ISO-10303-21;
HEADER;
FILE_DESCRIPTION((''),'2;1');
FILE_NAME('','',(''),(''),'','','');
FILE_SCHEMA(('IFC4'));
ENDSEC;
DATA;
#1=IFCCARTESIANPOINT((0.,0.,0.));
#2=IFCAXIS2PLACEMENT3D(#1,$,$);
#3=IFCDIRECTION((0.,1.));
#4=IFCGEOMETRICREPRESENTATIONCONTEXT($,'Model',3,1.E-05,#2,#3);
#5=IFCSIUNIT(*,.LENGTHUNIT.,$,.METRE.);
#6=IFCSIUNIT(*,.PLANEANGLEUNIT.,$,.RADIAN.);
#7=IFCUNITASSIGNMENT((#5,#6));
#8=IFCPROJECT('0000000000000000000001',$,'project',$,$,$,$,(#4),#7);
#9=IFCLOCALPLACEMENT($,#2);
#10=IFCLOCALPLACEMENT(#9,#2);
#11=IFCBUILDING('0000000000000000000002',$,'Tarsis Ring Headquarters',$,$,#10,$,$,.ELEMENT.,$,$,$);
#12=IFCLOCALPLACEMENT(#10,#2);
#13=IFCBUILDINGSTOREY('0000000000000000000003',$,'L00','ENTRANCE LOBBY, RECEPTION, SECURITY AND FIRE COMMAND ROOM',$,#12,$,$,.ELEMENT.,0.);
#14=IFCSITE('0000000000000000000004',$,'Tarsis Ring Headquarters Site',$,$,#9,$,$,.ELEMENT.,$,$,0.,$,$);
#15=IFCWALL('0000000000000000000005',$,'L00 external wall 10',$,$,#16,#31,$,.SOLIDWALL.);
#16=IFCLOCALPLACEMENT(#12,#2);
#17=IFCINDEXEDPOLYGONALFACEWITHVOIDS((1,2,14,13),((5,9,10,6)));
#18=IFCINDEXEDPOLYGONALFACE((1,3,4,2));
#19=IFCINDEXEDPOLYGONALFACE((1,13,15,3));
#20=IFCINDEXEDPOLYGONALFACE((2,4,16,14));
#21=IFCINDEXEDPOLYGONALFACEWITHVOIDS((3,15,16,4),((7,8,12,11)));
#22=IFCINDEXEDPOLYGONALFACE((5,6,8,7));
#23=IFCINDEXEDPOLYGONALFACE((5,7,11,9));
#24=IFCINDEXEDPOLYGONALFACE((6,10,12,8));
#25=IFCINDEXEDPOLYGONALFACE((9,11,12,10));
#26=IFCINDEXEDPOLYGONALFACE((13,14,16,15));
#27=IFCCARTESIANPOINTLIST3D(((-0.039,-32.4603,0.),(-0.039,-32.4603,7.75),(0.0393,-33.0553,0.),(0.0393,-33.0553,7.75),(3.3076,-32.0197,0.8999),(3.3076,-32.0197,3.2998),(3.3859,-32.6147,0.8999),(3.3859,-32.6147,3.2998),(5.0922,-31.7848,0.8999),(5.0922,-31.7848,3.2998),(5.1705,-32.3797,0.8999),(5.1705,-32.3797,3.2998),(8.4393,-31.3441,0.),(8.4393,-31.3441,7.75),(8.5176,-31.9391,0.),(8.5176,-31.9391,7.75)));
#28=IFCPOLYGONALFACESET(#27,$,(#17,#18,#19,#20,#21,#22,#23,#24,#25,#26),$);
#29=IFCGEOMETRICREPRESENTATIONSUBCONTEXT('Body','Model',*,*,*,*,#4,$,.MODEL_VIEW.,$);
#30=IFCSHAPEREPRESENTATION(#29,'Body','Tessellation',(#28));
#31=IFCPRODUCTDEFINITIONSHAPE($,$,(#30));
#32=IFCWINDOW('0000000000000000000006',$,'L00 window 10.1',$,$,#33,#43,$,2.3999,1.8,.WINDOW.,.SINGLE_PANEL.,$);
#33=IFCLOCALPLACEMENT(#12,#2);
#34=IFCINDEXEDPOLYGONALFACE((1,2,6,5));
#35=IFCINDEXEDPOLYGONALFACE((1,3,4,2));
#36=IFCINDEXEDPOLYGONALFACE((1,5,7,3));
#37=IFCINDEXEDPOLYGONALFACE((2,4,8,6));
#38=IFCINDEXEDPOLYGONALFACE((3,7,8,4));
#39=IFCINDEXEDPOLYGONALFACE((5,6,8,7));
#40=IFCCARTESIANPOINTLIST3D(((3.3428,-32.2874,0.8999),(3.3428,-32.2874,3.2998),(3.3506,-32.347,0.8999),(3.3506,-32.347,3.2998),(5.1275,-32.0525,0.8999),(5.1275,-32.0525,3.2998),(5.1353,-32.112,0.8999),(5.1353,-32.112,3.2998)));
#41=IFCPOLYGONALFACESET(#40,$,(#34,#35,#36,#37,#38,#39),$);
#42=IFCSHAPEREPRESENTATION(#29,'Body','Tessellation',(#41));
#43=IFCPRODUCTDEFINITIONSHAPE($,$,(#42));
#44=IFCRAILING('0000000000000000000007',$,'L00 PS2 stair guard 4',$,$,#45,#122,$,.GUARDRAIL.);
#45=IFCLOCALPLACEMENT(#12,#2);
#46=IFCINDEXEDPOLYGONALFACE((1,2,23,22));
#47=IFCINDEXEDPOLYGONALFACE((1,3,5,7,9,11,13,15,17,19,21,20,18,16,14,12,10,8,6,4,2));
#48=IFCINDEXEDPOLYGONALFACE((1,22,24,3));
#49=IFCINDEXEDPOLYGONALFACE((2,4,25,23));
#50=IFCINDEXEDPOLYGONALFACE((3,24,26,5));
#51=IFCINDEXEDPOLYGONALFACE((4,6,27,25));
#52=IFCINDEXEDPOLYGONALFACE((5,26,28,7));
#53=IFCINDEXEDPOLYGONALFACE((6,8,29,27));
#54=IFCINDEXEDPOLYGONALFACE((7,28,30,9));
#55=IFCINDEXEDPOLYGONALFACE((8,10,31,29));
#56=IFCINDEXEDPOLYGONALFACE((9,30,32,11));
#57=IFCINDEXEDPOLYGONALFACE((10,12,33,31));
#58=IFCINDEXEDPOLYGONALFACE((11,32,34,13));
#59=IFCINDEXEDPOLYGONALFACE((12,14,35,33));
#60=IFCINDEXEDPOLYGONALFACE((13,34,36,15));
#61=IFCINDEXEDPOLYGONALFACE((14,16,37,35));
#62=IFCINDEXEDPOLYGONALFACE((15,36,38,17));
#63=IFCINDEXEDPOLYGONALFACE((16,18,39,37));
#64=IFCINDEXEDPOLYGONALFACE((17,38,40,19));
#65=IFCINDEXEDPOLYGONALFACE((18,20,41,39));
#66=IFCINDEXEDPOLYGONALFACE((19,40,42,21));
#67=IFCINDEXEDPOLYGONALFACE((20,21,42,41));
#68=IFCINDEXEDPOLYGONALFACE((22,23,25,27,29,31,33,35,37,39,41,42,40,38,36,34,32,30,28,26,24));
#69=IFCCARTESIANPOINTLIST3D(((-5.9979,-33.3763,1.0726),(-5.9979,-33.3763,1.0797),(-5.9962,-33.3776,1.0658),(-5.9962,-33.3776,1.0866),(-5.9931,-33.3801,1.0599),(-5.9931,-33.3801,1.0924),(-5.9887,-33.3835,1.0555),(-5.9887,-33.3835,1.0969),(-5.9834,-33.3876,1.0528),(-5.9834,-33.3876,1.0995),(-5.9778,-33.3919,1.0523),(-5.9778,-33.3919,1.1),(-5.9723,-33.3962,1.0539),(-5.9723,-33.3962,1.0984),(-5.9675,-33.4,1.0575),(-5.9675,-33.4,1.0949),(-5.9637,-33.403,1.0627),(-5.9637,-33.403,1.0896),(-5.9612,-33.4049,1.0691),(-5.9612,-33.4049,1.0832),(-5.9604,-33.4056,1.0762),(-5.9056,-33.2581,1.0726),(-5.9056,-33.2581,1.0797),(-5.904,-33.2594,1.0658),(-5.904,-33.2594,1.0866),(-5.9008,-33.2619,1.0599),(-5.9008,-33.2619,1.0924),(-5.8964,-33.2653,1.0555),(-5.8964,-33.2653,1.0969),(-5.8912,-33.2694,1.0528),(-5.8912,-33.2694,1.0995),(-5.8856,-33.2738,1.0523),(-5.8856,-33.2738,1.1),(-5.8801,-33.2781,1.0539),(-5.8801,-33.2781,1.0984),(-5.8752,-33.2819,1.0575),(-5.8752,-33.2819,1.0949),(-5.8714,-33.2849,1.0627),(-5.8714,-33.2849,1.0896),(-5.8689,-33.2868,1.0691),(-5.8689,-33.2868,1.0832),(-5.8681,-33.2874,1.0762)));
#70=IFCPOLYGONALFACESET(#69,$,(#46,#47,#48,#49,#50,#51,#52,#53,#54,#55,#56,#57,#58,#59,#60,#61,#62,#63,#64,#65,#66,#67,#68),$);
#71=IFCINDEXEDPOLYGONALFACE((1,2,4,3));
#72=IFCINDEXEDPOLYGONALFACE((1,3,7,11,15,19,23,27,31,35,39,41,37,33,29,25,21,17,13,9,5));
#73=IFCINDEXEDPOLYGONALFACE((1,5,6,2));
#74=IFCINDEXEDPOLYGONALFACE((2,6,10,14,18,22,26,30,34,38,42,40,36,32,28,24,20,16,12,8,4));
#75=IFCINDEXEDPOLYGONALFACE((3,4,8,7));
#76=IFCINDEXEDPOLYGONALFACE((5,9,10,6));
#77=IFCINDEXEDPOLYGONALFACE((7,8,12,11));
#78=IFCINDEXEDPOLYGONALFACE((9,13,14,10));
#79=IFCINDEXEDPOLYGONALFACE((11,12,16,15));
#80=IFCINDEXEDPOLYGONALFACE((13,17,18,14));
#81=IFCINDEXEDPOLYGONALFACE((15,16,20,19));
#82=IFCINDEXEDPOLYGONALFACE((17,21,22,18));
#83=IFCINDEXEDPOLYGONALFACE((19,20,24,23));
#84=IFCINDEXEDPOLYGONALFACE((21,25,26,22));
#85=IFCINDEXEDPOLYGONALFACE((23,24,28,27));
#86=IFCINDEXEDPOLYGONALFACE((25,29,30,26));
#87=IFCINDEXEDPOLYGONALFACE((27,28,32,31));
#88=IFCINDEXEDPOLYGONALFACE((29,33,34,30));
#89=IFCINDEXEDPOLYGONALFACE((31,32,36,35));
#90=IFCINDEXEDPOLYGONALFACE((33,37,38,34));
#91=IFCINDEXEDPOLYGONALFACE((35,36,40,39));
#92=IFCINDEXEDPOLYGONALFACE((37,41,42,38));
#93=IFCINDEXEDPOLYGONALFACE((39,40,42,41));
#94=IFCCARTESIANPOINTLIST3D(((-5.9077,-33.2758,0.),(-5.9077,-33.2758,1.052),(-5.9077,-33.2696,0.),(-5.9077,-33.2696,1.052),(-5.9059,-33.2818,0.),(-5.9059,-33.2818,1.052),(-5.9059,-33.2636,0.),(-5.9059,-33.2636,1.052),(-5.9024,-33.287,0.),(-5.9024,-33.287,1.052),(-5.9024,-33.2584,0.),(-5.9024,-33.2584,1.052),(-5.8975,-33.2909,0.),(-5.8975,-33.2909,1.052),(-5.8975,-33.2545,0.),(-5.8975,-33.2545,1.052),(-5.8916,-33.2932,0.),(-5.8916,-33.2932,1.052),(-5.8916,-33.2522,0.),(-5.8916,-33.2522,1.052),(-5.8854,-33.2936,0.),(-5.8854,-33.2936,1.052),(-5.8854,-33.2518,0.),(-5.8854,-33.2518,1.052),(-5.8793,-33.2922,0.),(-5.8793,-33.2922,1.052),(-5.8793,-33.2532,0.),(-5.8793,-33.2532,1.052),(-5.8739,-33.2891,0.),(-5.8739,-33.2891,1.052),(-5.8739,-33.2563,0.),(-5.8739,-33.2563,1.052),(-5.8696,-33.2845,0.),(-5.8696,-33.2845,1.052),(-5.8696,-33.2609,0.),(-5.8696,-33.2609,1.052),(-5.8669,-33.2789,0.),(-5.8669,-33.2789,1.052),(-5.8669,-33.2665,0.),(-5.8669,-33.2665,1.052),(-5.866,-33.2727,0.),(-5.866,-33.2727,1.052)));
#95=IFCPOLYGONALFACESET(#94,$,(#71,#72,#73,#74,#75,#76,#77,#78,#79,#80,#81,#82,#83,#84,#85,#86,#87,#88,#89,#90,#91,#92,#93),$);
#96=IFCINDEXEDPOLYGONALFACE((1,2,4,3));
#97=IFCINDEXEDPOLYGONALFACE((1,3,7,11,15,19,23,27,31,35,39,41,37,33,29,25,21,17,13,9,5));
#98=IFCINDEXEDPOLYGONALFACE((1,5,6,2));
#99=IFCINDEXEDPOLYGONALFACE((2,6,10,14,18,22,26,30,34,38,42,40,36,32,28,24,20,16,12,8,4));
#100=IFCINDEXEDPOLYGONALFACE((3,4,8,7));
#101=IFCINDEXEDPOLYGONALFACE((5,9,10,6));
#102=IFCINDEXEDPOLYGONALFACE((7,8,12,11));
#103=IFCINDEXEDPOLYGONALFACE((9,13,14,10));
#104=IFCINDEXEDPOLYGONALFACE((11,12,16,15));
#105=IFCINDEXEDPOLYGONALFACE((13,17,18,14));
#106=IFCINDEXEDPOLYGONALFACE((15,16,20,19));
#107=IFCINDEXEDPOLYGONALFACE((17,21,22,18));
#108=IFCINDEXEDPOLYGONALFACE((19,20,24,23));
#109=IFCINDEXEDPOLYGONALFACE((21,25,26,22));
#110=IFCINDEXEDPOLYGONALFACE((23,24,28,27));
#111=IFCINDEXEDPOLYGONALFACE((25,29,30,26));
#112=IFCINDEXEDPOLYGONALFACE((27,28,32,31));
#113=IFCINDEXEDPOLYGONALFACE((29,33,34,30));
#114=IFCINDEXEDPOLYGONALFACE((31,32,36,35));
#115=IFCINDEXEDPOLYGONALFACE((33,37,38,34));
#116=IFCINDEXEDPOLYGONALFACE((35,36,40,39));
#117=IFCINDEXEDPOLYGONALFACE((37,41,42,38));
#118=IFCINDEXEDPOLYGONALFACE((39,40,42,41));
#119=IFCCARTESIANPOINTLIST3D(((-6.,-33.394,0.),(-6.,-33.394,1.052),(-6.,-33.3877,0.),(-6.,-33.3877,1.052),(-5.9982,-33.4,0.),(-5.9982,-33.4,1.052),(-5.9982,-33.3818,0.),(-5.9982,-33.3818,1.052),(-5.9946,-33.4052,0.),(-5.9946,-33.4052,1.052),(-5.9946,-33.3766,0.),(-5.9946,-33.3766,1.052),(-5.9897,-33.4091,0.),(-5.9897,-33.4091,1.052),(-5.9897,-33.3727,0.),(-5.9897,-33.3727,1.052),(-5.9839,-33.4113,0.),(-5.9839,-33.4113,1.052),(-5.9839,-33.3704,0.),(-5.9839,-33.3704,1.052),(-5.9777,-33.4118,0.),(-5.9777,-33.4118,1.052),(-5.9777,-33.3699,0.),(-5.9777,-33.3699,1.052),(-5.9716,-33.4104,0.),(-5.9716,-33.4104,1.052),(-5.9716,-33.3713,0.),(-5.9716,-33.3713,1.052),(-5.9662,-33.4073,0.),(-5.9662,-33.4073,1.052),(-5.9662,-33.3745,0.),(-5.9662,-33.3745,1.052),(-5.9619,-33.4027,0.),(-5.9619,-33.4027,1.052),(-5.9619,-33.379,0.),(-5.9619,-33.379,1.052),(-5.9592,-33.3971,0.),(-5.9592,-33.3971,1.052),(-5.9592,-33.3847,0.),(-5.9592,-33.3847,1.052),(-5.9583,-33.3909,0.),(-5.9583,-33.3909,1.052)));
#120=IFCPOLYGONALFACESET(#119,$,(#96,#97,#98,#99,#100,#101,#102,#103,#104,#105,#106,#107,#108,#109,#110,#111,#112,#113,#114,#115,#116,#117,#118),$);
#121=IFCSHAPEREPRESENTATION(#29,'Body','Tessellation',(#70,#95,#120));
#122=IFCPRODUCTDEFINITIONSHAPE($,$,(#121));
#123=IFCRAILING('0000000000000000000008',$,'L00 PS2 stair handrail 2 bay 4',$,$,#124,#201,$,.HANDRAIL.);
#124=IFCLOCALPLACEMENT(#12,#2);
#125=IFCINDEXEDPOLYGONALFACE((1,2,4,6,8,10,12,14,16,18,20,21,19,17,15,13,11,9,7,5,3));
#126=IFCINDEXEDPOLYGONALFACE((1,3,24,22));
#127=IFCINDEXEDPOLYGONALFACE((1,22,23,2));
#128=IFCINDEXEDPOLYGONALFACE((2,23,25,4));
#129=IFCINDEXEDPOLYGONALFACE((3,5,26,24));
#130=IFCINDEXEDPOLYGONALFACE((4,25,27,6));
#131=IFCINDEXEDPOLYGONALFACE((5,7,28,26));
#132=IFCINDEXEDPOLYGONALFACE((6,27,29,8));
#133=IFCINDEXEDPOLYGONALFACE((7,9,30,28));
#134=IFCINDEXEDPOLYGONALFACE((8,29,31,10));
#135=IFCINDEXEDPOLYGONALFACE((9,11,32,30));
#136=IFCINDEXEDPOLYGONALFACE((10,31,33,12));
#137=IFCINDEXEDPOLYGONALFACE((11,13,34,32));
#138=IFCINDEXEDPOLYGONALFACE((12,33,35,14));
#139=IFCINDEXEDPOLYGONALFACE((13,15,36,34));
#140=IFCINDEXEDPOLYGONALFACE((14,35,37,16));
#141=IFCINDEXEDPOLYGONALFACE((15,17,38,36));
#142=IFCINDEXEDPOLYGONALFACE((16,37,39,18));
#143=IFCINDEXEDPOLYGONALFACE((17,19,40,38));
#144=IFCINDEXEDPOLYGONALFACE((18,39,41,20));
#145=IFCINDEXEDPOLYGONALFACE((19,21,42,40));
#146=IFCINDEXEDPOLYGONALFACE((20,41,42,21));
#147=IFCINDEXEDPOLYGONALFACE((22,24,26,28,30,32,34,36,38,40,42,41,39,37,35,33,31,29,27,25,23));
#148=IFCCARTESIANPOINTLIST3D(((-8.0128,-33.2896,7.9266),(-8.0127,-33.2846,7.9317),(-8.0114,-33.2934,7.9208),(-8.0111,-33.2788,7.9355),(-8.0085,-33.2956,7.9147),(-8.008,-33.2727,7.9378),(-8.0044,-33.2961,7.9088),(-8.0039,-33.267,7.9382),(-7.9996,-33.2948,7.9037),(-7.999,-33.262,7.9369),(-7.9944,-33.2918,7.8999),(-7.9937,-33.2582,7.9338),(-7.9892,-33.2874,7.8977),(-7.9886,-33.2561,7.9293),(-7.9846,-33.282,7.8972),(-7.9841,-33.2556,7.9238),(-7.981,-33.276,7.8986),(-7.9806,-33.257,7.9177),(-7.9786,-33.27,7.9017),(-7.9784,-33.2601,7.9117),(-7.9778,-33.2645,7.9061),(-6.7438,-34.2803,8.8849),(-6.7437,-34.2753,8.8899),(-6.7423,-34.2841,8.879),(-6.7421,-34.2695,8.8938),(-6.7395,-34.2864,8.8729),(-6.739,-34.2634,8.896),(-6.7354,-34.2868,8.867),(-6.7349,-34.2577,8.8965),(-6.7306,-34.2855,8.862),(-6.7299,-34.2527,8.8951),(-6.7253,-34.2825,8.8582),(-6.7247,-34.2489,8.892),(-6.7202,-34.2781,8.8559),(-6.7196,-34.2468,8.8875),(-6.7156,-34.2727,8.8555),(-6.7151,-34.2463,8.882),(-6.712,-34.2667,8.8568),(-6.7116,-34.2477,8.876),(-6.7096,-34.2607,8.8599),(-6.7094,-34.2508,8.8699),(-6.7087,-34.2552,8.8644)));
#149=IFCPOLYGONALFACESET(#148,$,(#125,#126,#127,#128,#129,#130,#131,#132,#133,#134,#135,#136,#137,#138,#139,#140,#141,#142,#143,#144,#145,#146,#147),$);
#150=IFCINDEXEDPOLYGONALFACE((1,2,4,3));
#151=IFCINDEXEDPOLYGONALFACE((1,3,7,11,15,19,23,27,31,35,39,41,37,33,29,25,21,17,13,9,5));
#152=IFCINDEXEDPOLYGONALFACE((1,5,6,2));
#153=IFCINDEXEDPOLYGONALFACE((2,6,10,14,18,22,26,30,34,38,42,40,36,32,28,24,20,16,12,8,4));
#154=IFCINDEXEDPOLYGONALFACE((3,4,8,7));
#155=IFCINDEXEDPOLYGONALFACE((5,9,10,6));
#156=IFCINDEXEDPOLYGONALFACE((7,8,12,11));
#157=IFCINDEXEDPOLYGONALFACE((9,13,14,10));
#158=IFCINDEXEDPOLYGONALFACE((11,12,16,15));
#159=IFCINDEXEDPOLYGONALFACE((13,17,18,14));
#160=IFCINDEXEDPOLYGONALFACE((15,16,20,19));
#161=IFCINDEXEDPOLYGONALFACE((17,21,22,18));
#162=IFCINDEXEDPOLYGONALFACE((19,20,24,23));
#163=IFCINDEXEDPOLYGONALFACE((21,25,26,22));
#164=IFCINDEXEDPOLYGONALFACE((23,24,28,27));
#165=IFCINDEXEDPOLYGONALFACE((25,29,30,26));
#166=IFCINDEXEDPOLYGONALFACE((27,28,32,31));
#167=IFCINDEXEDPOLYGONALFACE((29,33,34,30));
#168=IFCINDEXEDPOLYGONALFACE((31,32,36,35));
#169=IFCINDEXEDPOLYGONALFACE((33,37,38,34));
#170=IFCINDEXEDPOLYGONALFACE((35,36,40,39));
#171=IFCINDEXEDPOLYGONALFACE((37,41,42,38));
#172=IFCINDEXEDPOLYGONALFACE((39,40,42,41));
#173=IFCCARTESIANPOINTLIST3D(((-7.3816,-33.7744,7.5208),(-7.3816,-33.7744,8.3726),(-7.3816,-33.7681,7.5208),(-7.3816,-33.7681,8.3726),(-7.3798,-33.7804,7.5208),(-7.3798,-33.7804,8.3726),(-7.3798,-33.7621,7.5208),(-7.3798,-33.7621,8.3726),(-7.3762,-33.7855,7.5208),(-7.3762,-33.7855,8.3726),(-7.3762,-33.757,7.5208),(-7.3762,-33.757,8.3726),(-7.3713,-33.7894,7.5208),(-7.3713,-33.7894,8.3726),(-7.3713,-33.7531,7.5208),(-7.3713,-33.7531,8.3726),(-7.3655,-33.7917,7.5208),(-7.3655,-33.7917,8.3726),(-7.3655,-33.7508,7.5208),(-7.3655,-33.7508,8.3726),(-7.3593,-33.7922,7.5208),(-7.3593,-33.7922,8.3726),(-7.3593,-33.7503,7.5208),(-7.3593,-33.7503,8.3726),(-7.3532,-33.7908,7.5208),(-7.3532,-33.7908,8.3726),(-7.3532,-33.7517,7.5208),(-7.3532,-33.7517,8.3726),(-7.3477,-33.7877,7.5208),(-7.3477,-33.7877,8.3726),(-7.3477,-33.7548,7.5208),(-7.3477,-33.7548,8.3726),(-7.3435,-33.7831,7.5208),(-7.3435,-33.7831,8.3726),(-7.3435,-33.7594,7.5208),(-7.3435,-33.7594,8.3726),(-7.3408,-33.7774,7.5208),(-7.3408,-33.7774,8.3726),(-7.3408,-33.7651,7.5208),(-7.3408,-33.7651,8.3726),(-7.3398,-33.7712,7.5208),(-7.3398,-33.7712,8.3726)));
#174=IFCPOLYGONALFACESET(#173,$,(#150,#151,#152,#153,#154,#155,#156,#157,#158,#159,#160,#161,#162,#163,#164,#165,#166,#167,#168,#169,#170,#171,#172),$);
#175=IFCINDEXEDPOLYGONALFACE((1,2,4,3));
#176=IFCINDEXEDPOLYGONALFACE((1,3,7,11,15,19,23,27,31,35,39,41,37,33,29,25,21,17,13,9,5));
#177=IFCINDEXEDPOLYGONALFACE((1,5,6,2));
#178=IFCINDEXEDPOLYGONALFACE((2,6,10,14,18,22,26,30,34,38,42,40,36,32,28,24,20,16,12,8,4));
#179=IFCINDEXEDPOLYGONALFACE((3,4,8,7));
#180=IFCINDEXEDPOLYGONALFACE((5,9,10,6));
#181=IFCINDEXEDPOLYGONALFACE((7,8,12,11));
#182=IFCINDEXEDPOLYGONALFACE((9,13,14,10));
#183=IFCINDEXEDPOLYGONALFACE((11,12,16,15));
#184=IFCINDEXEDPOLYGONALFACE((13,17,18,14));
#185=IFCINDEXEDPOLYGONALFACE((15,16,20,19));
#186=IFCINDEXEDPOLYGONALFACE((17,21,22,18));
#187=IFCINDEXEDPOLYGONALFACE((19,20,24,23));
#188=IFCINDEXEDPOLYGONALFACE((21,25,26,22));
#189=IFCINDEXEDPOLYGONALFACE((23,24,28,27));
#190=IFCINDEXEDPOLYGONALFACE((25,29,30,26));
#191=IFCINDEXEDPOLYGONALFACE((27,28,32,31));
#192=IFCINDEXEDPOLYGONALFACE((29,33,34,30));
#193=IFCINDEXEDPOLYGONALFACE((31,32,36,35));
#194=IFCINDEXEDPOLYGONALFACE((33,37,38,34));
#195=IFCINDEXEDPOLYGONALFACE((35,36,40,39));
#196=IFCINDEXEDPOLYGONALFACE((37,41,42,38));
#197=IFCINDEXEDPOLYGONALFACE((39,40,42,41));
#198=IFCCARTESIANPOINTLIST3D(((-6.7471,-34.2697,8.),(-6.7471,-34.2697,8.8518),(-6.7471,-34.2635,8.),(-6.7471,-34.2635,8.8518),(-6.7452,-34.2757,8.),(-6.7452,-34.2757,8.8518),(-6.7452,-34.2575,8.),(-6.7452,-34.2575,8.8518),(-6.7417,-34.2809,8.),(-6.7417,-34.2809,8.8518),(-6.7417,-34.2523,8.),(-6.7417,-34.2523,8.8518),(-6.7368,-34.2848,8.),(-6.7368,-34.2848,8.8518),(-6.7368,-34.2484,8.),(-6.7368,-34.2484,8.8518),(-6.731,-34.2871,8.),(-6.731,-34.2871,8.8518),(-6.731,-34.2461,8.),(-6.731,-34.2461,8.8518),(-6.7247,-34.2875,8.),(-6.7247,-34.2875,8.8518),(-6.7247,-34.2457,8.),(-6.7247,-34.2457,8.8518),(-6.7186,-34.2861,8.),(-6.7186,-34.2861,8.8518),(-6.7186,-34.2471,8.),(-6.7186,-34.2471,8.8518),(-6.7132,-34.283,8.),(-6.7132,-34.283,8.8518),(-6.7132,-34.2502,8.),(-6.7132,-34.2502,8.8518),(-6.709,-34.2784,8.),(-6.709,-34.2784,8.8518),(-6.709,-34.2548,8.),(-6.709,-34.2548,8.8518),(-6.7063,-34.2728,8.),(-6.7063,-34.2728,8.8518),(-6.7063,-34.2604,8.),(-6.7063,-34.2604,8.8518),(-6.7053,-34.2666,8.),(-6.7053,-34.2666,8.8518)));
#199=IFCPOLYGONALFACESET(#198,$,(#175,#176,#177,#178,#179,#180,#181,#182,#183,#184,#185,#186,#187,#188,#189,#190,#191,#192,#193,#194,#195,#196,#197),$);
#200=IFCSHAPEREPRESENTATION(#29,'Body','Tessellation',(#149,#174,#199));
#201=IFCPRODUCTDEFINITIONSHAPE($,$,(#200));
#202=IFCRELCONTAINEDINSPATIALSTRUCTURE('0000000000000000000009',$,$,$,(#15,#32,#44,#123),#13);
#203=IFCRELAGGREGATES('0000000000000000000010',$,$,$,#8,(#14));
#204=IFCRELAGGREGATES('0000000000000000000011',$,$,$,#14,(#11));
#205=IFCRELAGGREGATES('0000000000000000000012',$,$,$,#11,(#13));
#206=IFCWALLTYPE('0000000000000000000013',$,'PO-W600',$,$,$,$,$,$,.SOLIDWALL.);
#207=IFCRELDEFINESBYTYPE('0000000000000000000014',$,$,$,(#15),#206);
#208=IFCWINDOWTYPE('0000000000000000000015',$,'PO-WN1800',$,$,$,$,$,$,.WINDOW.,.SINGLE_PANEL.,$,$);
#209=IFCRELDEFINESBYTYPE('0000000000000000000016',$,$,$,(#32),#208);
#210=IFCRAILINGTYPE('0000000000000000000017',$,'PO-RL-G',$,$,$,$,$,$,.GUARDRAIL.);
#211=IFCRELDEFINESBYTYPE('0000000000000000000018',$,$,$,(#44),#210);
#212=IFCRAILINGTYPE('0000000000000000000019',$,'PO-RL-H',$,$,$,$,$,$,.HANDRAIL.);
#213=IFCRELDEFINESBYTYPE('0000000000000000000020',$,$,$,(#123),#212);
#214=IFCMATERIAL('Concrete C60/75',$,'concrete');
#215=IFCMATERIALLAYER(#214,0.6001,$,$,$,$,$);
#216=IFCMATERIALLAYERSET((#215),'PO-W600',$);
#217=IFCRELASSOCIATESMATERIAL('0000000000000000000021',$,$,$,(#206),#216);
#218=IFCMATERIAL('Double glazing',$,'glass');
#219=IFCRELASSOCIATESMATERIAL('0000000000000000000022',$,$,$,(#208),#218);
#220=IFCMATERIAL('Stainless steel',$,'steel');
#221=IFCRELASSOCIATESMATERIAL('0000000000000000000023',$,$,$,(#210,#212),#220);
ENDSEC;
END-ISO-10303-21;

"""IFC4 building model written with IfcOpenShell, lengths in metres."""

from ifc_helpers import new_model, si_unit, direction, frame, frame_2d, origin, origin_2d, place, context, subcontext, project, spatial, rectangle, circle, extrude, material, layer, layer_set, type_object, element, fill, save


model = new_model("IFC4")

# Units and contexts
model_context = context("Model", 3, precision=1e-05, world=origin(), true_north=direction((0.0, 1.0)))
body_context = subcontext(model_context, "Body", "Model", "MODEL_VIEW")
ifc_project = project(units=[si_unit("LENGTHUNIT", "METRE"), si_unit("PLANEANGLEUNIT", "RADIAN")], contexts=[model_context])

# Site, building, storey
site_placement = place(None, origin())
site = spatial("IfcSite", under=ifc_project, at=site_placement, Name="Tarsis Ring Headquarters Site", CompositionType="ELEMENT", RefElevation=0.0)
building_placement = place(site_placement, origin())
building = spatial("IfcBuilding", under=site, at=building_placement, Name="Tarsis Ring Headquarters", CompositionType="ELEMENT")
storey_placement = place(building_placement, origin())
storey = spatial("IfcBuildingStorey", under=building, at=storey_placement, Name="L00", Description="ENTRANCE LOBBY, RECEPTION, SECURITY AND FIRE COMMAND ROOM", CompositionType="ELEMENT", Elevation=0.0)

# Shared definitions
ifc_material_1 = material(Name="Concrete C60/75", Category="concrete")
ifc_layer_1 = layer(ifc_material_1, 0.6001)
ifc_layer_set_1 = layer_set([ifc_layer_1], Name="PO-W600")
wall_type_1 = type_object("IfcWallType", Name="PO-W600", PredefinedType="SOLIDWALL", material=ifc_layer_set_1)

# Wall, opening, window
wall_1_placement = place(storey_placement, frame((0.0, -32.7578, 0.0), z_axis=(0.0, 0.0, 1.0), x_axis=(0.991444, 0.130529, 0.0)))
wall_1 = element("IfcWall", 1, at=wall_1_placement, inside=storey, type_object=wall_type_1, Name="L00 external wall 10", PredefinedType="SOLIDWALL", context=body_context, shape_type="SweptSolid", body=[
    extrude(rectangle(XDim=8.5515, YDim=0.6001, at=frame_2d((4.2759, 0.0))), origin(), (0.0, 0.0, 1.0), 7.75),
])
opening_1_placement = place(wall_1_placement, frame((3.3757, 0.0, 0.8999)))
opening_1 = element("IfcOpeningElement", 2, at=opening_1_placement, cuts=wall_1, PredefinedType="OPENING", context=body_context, shape_type="SweptSolid", body=[
    extrude(rectangle(XDim=1.8, YDim=2.3999, at=frame_2d((0.8999, 1.2))), frame((0.0, 0.3101, 0.0), z_axis=(0.0, -1.0, 0.0), x_axis=(1.0, 0.0, 0.0)), (0.0, 0.0, 1.0), 0.6201),
])
ifc_material_2 = material(Name="Double glazing", Category="glass")
window_type = type_object("IfcWindowType", Name="PO-WN1800", PartitioningType="SINGLE_PANEL", PredefinedType="WINDOW", material=ifc_material_2)
window_placement = place(opening_1_placement, origin())
window = element("IfcWindow", 3, at=window_placement, inside=storey, type_object=window_type, Name="L00 window 10.1", OverallHeight=2.3999, OverallWidth=1.8, PartitioningType="SINGLE_PANEL", PredefinedType="WINDOW", context=body_context, shape_type="SweptSolid", body=[
    extrude(rectangle(XDim=1.8, YDim=2.3999, at=frame_2d((0.8999, 1.2))), frame((0.0, 0.03, 0.0), z_axis=(0.0, -1.0, 0.0), x_axis=(1.0, 0.0, 0.0)), (0.0, 0.0, 1.0), 0.0601),
])
fill(opening_1, window)

# Railings
ifc_material_3 = material(Name="Stainless steel", Category="steel")
railing_type_1 = type_object("IfcRailingType", Name="PO-RL-G", PredefinedType="GUARDRAIL", material=ifc_material_3)
railing_1_placement = place(storey_placement, frame((-5.887, -33.2727, 0.0)))
element("IfcRailing", 4, at=railing_1_placement, inside=storey, type_object=railing_type_1, Name="L00 PS2 stair guard 4", PredefinedType="GUARDRAIL", context=body_context, shape_type="SweptSolid", body=[
    extrude(circle(Radius=0.0239, at=origin_2d()), frame((0.0, 0.0, 1.0762), z_axis=(-0.615518, -0.788123, 0.0), x_axis=(0.788123, -0.615518, 0.0)), (0.0, 0.0, 1.0), 0.1499),
    extrude(circle(Radius=0.021, at=origin_2d()), origin(), (0.0, 0.0, 1.0), 1.052),
    extrude(circle(Radius=0.021, at=origin_2d()), frame((-0.0923, -0.1182, 0.0)), (0.0, 0.0, 1.0), 1.052),
])
railing_type_2 = type_object("IfcRailingType", Name="PO-RL-H", PredefinedType="HANDRAIL", material=ifc_material_3)
railing_2_placement = place(storey_placement, frame((-7.9954, -33.2759, 7.0417)))
element("IfcRailing", 5, at=railing_2_placement, inside=storey, type_object=railing_type_2, Name="L00 PS2 stair handrail 2 bay 4", PredefinedType="HANDRAIL", context=body_context, shape_type="SweptSolid", body=[
    extrude(circle(Radius=0.0239, at=origin_2d()), frame((0.0, 0.0, 0.876), z_axis=(0.677341, -0.52879, 0.511459), x_axis=(0.615367, 0.78824, 0.0)), (0.0, 0.0, 1.0), 1.8735),
    extrude(circle(Radius=0.021, at=origin_2d()), frame((0.6345, -0.4954, 0.479)), (0.0, 0.0, 1.0), 0.8518),
    extrude(circle(Radius=0.021, at=origin_2d()), frame((1.269, -0.9907, 0.9583)), (0.0, 0.0, 1.0), 0.8518),
])

save(model, "model.ifc")
